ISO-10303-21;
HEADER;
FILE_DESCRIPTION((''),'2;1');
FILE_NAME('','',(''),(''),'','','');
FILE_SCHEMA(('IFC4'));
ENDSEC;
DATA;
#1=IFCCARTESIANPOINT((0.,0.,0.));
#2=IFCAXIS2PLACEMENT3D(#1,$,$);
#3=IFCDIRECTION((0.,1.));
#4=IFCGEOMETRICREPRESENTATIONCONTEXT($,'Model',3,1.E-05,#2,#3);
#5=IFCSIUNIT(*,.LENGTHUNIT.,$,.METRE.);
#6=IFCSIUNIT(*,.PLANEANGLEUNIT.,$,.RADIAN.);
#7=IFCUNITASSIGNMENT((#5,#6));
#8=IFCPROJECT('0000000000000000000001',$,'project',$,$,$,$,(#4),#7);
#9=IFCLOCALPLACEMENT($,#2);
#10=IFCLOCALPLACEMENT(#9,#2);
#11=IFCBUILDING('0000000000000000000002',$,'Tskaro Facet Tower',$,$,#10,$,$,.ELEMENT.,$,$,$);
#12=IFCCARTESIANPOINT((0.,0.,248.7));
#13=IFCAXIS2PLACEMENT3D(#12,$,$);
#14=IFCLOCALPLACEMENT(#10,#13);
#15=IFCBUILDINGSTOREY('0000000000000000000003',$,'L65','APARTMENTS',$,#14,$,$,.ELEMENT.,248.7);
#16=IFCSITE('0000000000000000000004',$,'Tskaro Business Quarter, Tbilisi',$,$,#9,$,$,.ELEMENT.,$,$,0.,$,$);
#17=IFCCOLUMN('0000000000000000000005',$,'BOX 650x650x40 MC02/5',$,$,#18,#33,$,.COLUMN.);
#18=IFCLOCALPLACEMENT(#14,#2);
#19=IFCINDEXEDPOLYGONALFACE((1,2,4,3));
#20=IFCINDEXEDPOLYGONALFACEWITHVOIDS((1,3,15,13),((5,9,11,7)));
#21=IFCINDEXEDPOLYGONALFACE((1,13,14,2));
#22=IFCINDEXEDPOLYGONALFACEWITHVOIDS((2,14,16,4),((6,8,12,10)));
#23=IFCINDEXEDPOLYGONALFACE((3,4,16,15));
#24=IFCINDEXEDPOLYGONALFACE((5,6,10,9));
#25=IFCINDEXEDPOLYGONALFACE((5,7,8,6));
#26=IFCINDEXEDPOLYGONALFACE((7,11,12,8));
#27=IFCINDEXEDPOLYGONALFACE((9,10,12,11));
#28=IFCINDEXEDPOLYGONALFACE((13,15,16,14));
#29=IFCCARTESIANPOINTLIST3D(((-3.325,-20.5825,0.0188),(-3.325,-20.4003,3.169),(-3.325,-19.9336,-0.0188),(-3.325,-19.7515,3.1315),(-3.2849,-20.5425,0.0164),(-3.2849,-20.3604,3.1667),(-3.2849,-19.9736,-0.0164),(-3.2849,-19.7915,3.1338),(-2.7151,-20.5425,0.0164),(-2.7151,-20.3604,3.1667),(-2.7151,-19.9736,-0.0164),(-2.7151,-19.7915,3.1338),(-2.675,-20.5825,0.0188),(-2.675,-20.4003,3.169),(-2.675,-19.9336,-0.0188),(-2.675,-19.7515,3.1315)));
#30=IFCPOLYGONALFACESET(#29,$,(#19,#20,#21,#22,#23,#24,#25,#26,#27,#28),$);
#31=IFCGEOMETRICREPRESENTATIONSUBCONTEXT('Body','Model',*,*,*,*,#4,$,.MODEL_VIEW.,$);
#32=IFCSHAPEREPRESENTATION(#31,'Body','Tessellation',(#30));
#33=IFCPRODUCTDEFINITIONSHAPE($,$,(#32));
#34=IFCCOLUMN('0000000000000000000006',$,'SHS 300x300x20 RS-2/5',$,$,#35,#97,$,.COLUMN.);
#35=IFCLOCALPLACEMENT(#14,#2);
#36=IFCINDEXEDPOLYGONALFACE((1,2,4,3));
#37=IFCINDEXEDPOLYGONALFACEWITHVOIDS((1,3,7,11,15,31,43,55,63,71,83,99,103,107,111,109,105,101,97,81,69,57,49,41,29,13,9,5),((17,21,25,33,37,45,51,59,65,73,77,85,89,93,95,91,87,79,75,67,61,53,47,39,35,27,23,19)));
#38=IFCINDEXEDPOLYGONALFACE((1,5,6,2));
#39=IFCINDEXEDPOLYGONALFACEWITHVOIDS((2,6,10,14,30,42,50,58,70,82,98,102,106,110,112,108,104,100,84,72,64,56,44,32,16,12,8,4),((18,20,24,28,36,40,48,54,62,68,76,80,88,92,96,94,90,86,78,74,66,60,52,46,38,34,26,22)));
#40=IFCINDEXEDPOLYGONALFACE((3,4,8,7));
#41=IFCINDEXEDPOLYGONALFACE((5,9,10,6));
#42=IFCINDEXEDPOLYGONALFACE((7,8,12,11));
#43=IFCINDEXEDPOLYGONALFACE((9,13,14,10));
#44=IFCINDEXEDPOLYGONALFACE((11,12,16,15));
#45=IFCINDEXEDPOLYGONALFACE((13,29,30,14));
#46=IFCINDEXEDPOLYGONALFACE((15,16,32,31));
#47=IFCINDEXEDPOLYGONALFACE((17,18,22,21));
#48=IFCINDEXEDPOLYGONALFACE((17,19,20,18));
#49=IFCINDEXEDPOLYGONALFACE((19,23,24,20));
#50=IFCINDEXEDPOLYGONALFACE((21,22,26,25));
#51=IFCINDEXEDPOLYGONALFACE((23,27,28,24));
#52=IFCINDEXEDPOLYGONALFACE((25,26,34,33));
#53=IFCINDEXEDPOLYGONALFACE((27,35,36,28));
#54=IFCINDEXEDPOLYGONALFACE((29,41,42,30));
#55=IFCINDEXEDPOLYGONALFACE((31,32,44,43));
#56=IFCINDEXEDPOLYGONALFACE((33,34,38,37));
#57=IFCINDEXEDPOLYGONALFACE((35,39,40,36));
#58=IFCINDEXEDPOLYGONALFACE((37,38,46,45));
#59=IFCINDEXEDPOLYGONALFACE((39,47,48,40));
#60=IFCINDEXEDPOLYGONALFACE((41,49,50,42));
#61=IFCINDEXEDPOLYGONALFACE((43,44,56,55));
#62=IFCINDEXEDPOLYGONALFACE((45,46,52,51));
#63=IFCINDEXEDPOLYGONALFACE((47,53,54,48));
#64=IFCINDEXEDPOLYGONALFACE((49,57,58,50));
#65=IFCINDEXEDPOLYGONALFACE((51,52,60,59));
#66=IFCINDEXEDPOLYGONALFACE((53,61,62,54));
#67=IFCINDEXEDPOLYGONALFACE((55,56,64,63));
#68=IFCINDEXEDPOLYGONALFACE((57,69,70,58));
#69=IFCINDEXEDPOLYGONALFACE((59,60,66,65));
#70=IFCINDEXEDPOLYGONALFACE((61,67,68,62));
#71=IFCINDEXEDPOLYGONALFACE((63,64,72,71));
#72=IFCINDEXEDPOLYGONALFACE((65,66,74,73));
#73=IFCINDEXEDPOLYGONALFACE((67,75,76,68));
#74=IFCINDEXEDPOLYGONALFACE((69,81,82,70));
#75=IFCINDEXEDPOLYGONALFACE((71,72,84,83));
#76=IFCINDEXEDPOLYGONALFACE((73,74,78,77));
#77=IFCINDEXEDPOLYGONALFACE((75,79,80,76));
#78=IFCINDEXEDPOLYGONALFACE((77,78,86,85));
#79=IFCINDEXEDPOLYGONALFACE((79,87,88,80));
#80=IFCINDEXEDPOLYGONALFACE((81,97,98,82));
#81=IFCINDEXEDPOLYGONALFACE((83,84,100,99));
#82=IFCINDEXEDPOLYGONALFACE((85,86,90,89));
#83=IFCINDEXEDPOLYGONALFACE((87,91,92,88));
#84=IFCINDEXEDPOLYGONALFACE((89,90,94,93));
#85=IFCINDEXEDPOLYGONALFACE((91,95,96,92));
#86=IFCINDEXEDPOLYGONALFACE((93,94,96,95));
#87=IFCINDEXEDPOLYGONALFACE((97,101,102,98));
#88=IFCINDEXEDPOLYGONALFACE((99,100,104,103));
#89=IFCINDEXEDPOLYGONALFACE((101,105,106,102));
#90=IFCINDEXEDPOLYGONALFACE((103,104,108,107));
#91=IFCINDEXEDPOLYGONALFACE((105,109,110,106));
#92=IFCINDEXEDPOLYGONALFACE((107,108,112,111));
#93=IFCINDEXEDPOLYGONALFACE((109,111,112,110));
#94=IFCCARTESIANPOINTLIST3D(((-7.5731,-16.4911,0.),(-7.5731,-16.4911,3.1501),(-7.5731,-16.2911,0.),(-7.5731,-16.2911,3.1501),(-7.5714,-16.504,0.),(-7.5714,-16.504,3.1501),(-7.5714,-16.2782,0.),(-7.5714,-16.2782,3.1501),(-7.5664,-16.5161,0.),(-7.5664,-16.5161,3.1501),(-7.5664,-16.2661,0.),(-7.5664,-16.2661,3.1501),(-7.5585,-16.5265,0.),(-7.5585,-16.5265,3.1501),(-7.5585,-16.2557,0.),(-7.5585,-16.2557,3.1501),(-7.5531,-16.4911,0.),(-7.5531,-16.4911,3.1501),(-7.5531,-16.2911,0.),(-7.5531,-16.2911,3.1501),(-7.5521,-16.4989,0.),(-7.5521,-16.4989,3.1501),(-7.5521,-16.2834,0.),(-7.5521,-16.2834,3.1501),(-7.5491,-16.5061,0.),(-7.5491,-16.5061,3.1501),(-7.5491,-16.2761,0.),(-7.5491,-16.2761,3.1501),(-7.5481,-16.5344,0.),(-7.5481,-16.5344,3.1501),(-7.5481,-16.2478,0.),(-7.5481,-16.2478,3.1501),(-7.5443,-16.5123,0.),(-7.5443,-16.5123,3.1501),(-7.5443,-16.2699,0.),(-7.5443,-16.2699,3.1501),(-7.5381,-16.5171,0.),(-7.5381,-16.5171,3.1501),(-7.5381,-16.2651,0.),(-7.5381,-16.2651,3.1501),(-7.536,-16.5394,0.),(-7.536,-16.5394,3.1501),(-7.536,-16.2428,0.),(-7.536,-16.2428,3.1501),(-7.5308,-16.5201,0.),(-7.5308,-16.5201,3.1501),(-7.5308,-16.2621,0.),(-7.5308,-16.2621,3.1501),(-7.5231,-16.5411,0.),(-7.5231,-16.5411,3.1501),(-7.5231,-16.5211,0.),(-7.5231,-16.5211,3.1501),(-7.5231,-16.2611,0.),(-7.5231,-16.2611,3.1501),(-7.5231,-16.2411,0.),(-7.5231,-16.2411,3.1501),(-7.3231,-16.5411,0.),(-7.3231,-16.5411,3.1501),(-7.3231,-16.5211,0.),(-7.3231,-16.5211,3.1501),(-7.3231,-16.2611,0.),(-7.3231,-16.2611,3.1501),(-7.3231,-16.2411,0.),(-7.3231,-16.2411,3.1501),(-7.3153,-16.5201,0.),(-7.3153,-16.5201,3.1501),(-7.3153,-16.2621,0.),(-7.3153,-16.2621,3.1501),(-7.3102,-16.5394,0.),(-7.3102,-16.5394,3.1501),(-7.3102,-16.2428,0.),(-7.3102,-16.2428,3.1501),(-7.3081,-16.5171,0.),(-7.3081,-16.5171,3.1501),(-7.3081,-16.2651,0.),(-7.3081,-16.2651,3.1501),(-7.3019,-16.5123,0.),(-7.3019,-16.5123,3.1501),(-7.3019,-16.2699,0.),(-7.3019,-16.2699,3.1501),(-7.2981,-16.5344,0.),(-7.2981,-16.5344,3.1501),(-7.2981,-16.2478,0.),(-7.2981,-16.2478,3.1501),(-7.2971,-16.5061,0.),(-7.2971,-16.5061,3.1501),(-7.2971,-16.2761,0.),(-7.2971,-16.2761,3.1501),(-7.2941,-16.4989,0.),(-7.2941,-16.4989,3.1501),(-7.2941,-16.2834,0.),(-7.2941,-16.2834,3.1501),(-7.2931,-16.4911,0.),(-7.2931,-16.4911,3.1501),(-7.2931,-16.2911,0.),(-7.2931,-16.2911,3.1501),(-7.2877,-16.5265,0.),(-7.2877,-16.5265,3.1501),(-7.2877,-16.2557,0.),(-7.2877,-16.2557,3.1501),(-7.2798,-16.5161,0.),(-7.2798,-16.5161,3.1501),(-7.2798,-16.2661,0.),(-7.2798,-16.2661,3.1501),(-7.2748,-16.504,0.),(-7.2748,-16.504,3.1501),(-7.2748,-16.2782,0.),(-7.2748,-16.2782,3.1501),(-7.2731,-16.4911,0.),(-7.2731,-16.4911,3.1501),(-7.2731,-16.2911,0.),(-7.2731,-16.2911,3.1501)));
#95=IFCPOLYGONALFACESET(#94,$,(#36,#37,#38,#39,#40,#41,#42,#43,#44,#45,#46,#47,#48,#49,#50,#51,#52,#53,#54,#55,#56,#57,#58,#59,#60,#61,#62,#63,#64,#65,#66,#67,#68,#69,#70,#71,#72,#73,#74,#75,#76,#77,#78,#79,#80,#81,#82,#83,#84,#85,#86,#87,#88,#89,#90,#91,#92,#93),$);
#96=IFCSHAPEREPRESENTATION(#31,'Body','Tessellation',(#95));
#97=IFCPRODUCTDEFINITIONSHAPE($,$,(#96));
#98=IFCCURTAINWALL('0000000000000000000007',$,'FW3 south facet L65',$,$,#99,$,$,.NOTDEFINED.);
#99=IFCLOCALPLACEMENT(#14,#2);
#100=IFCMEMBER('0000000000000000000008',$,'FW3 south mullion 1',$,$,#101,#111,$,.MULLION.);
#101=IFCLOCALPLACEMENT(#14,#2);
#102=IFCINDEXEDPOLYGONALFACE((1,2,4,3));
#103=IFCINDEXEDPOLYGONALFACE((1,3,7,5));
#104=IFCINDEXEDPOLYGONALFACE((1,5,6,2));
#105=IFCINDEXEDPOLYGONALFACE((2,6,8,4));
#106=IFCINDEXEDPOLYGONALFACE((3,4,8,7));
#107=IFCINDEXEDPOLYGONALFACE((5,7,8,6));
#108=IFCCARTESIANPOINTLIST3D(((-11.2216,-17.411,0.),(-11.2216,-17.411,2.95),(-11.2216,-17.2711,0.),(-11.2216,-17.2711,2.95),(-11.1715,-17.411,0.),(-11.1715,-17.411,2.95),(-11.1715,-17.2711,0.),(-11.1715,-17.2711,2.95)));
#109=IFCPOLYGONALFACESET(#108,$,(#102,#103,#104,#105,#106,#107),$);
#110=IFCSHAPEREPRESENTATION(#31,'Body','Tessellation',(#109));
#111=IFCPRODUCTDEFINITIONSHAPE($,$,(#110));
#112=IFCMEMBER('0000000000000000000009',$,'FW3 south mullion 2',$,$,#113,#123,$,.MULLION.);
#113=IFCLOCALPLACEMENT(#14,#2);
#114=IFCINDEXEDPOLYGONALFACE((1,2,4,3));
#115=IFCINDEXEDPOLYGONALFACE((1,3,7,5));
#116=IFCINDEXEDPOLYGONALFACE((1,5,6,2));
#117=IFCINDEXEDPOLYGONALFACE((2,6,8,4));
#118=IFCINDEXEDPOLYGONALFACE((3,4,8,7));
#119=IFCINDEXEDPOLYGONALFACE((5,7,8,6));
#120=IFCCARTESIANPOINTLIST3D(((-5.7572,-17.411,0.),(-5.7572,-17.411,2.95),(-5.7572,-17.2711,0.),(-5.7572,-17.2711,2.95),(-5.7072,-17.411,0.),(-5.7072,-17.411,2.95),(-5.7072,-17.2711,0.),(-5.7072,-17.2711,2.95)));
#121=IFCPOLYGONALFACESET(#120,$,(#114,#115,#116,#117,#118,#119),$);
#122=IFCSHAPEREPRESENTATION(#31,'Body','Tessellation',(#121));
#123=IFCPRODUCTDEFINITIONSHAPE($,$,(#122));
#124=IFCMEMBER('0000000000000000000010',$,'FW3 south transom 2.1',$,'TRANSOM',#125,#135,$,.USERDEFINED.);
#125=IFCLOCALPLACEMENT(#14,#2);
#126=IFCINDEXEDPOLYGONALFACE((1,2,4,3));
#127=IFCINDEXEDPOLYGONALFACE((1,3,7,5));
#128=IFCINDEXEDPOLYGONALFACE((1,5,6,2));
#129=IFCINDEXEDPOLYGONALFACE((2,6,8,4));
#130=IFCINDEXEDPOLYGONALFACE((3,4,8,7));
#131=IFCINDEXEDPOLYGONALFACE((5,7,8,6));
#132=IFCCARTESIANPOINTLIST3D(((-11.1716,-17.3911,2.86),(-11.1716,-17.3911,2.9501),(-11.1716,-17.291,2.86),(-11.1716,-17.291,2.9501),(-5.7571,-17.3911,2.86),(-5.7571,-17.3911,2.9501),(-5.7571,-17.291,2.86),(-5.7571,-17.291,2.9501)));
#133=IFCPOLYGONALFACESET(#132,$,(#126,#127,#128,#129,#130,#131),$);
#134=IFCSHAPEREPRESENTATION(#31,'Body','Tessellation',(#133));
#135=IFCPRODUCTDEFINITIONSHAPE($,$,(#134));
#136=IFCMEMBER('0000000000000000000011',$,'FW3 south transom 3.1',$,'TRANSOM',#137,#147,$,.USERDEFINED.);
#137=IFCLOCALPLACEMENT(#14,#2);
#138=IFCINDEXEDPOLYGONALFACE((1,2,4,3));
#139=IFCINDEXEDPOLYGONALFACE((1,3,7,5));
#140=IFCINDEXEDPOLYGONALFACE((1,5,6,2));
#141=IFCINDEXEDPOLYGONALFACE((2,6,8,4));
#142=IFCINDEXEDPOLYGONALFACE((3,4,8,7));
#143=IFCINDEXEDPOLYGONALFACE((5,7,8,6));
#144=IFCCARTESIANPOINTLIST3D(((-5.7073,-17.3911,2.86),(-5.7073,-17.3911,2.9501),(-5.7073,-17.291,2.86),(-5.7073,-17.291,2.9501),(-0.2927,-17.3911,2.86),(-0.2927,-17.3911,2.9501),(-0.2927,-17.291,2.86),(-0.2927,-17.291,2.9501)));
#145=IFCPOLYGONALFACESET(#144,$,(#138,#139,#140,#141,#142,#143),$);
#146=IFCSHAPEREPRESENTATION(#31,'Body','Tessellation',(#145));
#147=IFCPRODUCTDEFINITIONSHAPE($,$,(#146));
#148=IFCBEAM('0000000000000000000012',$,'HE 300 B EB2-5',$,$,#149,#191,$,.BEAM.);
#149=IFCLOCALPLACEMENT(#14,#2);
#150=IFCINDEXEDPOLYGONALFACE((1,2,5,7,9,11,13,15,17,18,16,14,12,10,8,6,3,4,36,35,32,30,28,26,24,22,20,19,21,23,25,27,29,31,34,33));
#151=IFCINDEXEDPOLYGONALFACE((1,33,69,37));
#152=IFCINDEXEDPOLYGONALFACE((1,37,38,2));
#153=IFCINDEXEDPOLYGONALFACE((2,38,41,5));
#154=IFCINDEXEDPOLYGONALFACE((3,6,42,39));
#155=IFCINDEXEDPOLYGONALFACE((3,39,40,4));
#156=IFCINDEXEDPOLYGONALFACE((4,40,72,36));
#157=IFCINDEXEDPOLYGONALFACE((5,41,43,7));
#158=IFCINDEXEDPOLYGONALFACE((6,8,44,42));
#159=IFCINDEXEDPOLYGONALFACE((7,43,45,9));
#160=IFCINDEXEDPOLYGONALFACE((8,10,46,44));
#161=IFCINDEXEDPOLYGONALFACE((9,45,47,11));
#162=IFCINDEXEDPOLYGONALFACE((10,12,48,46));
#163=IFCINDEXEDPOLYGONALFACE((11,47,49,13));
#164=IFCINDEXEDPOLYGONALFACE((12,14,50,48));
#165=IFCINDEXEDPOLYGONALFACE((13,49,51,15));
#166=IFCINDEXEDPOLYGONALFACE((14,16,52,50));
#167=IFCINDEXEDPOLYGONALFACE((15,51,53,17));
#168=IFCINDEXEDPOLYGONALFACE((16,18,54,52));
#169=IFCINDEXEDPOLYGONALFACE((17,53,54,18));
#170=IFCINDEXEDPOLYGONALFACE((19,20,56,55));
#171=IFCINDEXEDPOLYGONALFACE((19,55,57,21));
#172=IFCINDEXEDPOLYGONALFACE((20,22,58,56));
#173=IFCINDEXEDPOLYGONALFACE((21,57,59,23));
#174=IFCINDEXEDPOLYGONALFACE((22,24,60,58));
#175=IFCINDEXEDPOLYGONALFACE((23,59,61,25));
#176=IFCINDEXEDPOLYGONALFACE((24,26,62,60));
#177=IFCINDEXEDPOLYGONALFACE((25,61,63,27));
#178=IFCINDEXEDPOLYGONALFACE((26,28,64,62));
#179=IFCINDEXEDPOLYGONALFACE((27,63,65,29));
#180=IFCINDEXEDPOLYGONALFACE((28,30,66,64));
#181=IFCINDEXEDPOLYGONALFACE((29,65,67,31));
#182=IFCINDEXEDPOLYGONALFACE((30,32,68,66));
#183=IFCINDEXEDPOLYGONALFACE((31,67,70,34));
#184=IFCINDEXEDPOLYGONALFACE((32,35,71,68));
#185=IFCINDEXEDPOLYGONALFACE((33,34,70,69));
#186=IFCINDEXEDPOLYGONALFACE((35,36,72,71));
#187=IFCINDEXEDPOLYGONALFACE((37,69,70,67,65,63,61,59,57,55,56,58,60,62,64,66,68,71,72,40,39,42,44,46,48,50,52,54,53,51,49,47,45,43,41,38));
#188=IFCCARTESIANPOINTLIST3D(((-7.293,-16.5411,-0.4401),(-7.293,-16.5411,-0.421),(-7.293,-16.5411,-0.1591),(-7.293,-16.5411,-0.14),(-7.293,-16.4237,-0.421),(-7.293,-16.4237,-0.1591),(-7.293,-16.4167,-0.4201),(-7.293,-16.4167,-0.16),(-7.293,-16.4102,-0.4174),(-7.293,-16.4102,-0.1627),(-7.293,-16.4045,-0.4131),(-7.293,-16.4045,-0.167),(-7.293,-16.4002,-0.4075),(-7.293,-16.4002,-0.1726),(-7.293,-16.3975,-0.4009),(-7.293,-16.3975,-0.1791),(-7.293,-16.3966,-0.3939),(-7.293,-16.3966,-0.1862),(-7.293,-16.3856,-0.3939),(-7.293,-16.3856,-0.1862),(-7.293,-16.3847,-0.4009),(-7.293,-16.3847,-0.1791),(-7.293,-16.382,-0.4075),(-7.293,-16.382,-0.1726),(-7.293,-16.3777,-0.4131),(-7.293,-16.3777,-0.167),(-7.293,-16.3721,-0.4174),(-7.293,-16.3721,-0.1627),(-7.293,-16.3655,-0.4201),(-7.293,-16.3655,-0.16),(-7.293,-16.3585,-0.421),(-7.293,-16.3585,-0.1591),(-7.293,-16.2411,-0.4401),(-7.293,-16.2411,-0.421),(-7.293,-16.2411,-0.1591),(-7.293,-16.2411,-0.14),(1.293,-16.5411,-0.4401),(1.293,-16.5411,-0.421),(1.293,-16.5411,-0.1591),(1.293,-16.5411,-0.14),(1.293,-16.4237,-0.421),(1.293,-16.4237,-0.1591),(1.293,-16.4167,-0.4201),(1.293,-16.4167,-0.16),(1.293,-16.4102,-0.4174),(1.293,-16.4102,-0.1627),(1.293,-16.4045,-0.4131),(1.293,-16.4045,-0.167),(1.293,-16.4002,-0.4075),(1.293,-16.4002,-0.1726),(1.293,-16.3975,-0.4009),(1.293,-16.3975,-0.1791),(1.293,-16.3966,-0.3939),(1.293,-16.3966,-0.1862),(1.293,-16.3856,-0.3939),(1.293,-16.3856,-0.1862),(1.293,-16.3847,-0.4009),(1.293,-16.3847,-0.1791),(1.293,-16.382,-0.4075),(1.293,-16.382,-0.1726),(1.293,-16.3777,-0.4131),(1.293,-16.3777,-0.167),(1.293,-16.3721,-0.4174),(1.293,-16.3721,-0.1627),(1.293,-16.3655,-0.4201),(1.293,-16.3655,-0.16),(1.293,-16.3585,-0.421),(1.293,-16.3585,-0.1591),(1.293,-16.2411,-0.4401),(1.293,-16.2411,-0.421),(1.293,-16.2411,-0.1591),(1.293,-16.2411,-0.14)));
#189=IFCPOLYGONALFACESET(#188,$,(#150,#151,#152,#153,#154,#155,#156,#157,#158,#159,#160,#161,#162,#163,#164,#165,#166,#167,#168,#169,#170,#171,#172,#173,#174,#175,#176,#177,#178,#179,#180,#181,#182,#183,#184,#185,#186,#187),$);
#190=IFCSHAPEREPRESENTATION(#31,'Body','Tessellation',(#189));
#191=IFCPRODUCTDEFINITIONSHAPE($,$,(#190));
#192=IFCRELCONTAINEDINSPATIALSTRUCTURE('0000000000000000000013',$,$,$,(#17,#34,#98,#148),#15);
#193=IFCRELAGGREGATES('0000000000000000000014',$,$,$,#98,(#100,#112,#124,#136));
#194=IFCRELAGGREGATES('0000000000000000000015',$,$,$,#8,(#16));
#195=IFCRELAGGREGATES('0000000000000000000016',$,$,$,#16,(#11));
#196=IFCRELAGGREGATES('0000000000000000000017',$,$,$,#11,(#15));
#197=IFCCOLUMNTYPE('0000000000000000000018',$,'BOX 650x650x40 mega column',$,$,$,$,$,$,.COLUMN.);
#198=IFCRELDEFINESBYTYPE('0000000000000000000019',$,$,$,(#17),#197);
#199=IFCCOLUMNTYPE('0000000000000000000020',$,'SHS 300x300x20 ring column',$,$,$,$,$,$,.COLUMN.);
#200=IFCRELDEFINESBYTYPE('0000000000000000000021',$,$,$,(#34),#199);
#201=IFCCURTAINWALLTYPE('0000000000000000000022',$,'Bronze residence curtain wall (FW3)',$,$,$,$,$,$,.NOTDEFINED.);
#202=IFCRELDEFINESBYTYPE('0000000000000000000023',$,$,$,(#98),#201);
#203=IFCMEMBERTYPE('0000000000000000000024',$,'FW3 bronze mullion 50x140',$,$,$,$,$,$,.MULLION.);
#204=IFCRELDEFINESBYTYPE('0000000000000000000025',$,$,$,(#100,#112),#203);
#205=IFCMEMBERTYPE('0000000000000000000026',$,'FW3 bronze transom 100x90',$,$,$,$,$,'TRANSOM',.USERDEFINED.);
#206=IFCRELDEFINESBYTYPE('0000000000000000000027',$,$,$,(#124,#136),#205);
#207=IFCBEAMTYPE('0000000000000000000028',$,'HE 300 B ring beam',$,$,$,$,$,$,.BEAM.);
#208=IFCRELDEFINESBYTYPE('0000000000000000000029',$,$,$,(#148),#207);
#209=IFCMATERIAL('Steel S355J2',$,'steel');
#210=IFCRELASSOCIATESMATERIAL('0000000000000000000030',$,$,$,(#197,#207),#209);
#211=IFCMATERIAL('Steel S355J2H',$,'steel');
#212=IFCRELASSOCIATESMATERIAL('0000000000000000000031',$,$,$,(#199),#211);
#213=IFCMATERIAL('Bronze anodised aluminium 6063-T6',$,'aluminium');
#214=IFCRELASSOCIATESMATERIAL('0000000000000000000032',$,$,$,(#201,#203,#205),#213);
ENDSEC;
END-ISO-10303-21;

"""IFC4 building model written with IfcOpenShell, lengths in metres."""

from ifc_helpers import new_model, si_unit, direction, frame, origin, origin_2d, place, context, subcontext, project, spatial, rectangle, hollow_rectangle, i_section, extrude, material, material_profile, profile_set, type_object, element, aggregate, save


model = new_model("IFC4")

# Units and contexts
model_context = context("Model", 3, precision=1e-05, world=origin(), true_north=direction((0.0, 1.0)))
body_context = subcontext(model_context, "Body", "Model", "MODEL_VIEW")
ifc_project = project(units=[si_unit("LENGTHUNIT", "METRE"), si_unit("PLANEANGLEUNIT", "RADIAN")], contexts=[model_context])

# Site, building, storey
site_placement = place(None, origin())
site = spatial("IfcSite", under=ifc_project, at=site_placement, Name="Tskaro Business Quarter, Tbilisi", CompositionType="ELEMENT", RefElevation=0.0)
building_placement = place(site_placement, origin())
building = spatial("IfcBuilding", under=site, at=building_placement, Name="Tskaro Facet Tower", CompositionType="ELEMENT")
storey_placement = place(building_placement, frame((0.0, 0.0, 248.7)))
storey = spatial("IfcBuildingStorey", under=building, at=storey_placement, Name="L65", Description="APARTMENTS", CompositionType="ELEMENT", Elevation=248.7)

# Columns
ifc_material_1 = material(Name="Steel S355J2", Category="steel")
ifc_material_profile_1 = material_profile(ifc_material_1, hollow_rectangle(XDim=0.6499, YDim=0.6499, WallThickness=0.04, at=origin_2d()), Name="BOX 650x650x40")
ifc_profile_set_1 = profile_set([ifc_material_profile_1], Name="Steel S355J2")
column_type_1 = type_object("IfcColumnType", Name="BOX 650x650x40 mega column", PredefinedType="COLUMN", material=ifc_profile_set_1)
column_1_placement = place(storey_placement, frame((-3.0, -20.2581, 0.0), z_axis=(0.0, 0.05772, 0.998333), x_axis=(-1.0, 0.0, 0.0)))
element("IfcColumn", 1, at=column_1_placement, inside=storey, type_object=column_type_1, Name="BOX 650x650x40 MC02/5", PredefinedType="COLUMN", context=body_context, shape_type="SweptSolid", body=[
    extrude(hollow_rectangle(XDim=0.6499, YDim=0.6499, WallThickness=0.04, at=origin_2d()), origin(), (0.0, 0.0, 1.0), 3.1555),
])
ifc_material_2 = material(Name="Steel S355J2H", Category="steel")
ifc_material_profile_2 = material_profile(ifc_material_2, hollow_rectangle(XDim=0.3, YDim=0.3, WallThickness=0.02, InnerFilletRadius=0.03, OuterFilletRadius=0.05, at=origin_2d()), Name="SHS 300x300x20")
ifc_profile_set_2 = profile_set([ifc_material_profile_2], Name="Steel S355J2H")
column_type_2 = type_object("IfcColumnType", Name="SHS 300x300x20 ring column", PredefinedType="COLUMN", material=ifc_profile_set_2)
column_2_placement = place(storey_placement, frame((-7.4231, -16.3911, 0.0), z_axis=(0.0, 0.0, 1.0), x_axis=(1.0, 0.0, 0.0)))
element("IfcColumn", 2, at=column_2_placement, inside=storey, type_object=column_type_2, Name="SHS 300x300x20 RS-2/5", PredefinedType="COLUMN", context=body_context, shape_type="SweptSolid", body=[
    extrude(hollow_rectangle(XDim=0.3, YDim=0.3, WallThickness=0.02, InnerFilletRadius=0.03, OuterFilletRadius=0.05, at=origin_2d()), origin(), (0.0, 0.0, 1.0), 3.1501),
])

# Curtain wall, members
ifc_material_3 = material(Name="Bronze anodised aluminium 6063-T6", Category="aluminium")
curtain_wall_type = type_object("IfcCurtainWallType", Name="Bronze residence curtain wall (FW3)", PredefinedType="NOTDEFINED", material=ifc_material_3)
curtain_wall_placement = place(storey_placement, origin())
curtain_wall = element("IfcCurtainWall", 3, at=curtain_wall_placement, inside=storey, type_object=curtain_wall_type, Name="FW3 south facet L65", PredefinedType="NOTDEFINED")
ifc_material_profile_3 = material_profile(ifc_material_3, rectangle(XDim=0.05, YDim=0.1399, at=origin_2d()), Name="Mullion 50x140")
ifc_profile_set_3 = profile_set([ifc_material_profile_3], Name="Bronze anodised aluminium 6063-T6")
member_type_1 = type_object("IfcMemberType", Name="FW3 bronze mullion 50x140", PredefinedType="MULLION", material=ifc_profile_set_3)
member_1_placement = place(storey_placement, frame((-11.1965, -17.3411, 0.0), z_axis=(0.0, 0.0, 1.0), x_axis=(1.0, 0.0, 0.0)))
member_1 = element("IfcMember", 4, at=member_1_placement, type_object=member_type_1, Name="FW3 south mullion 1", PredefinedType="MULLION", context=body_context, shape_type="SweptSolid", body=[
    extrude(rectangle(XDim=0.05, YDim=0.1399, at=origin_2d()), origin(), (0.0, 0.0, 1.0), 2.95),
])
member_2_placement = place(storey_placement, frame((-5.7322, -17.3411, 0.0), z_axis=(0.0, 0.0, 1.0), x_axis=(1.0, 0.0, 0.0)))
member_2 = element("IfcMember", 5, at=member_2_placement, type_object=member_type_1, Name="FW3 south mullion 2", PredefinedType="MULLION", context=body_context, shape_type="SweptSolid", body=[
    extrude(rectangle(XDim=0.05, YDim=0.1399, at=origin_2d()), origin(), (0.0, 0.0, 1.0), 2.95),
])
ifc_material_profile_4 = material_profile(ifc_material_3, rectangle(XDim=0.1001, YDim=0.0901, at=origin_2d()), Name="Transom 100x90")
ifc_profile_set_4 = profile_set([ifc_material_profile_4], Name="Bronze anodised aluminium 6063-T6")
member_type_2 = type_object("IfcMemberType", Name="FW3 bronze transom 100x90", ElementType="TRANSOM", PredefinedType="USERDEFINED", material=ifc_profile_set_4)
member_3_placement = place(storey_placement, frame((-11.1716, -17.3411, 2.905), z_axis=(1.0, 0.0, 0.0), x_axis=(0.0, 1.0, 0.0)))
member_3 = element("IfcMember", 6, at=member_3_placement, type_object=member_type_2, Name="FW3 south transom 2.1", ObjectType="TRANSOM", PredefinedType="USERDEFINED", context=body_context, shape_type="SweptSolid", body=[
    extrude(rectangle(XDim=0.1001, YDim=0.0901, at=origin_2d()), origin(), (0.0, 0.0, 1.0), 5.4146),
])
member_4_placement = place(storey_placement, frame((-5.7073, -17.3411, 2.905), z_axis=(1.0, 0.0, 0.0), x_axis=(0.0, 1.0, 0.0)))
member_4 = element("IfcMember", 7, at=member_4_placement, type_object=member_type_2, Name="FW3 south transom 3.1", ObjectType="TRANSOM", PredefinedType="USERDEFINED", context=body_context, shape_type="SweptSolid", body=[
    extrude(rectangle(XDim=0.1001, YDim=0.0901, at=origin_2d()), origin(), (0.0, 0.0, 1.0), 5.4146),
])

# Beam
ifc_material_profile_5 = material_profile(ifc_material_1, i_section(OverallWidth=0.3, OverallDepth=0.3, WebThickness=0.011, FlangeThickness=0.019, FilletRadius=0.0271, at=origin_2d()), Name="HE 300 B")
ifc_profile_set_5 = profile_set([ifc_material_profile_5], Name="Steel S355J2")
beam_type_1 = type_object("IfcBeamType", Name="HE 300 B ring beam", PredefinedType="BEAM", material=ifc_profile_set_5)
beam_1_placement = place(storey_placement, frame((-7.293, -16.3911, -0.29), z_axis=(1.0, 0.0, 0.0), x_axis=(0.0, 1.0, 0.0)))
element("IfcBeam", 8, at=beam_1_placement, inside=storey, type_object=beam_type_1, Name="HE 300 B EB2-5", PredefinedType="BEAM", context=body_context, shape_type="SweptSolid", body=[
    extrude(i_section(OverallWidth=0.3, OverallDepth=0.3, WebThickness=0.011, FlangeThickness=0.019, FilletRadius=0.0271, at=origin_2d()), origin(), (0.0, 0.0, 1.0), 8.5859),
])

aggregate(curtain_wall, [member_1, member_2, member_3, member_4])

save(model, "model.ifc")
